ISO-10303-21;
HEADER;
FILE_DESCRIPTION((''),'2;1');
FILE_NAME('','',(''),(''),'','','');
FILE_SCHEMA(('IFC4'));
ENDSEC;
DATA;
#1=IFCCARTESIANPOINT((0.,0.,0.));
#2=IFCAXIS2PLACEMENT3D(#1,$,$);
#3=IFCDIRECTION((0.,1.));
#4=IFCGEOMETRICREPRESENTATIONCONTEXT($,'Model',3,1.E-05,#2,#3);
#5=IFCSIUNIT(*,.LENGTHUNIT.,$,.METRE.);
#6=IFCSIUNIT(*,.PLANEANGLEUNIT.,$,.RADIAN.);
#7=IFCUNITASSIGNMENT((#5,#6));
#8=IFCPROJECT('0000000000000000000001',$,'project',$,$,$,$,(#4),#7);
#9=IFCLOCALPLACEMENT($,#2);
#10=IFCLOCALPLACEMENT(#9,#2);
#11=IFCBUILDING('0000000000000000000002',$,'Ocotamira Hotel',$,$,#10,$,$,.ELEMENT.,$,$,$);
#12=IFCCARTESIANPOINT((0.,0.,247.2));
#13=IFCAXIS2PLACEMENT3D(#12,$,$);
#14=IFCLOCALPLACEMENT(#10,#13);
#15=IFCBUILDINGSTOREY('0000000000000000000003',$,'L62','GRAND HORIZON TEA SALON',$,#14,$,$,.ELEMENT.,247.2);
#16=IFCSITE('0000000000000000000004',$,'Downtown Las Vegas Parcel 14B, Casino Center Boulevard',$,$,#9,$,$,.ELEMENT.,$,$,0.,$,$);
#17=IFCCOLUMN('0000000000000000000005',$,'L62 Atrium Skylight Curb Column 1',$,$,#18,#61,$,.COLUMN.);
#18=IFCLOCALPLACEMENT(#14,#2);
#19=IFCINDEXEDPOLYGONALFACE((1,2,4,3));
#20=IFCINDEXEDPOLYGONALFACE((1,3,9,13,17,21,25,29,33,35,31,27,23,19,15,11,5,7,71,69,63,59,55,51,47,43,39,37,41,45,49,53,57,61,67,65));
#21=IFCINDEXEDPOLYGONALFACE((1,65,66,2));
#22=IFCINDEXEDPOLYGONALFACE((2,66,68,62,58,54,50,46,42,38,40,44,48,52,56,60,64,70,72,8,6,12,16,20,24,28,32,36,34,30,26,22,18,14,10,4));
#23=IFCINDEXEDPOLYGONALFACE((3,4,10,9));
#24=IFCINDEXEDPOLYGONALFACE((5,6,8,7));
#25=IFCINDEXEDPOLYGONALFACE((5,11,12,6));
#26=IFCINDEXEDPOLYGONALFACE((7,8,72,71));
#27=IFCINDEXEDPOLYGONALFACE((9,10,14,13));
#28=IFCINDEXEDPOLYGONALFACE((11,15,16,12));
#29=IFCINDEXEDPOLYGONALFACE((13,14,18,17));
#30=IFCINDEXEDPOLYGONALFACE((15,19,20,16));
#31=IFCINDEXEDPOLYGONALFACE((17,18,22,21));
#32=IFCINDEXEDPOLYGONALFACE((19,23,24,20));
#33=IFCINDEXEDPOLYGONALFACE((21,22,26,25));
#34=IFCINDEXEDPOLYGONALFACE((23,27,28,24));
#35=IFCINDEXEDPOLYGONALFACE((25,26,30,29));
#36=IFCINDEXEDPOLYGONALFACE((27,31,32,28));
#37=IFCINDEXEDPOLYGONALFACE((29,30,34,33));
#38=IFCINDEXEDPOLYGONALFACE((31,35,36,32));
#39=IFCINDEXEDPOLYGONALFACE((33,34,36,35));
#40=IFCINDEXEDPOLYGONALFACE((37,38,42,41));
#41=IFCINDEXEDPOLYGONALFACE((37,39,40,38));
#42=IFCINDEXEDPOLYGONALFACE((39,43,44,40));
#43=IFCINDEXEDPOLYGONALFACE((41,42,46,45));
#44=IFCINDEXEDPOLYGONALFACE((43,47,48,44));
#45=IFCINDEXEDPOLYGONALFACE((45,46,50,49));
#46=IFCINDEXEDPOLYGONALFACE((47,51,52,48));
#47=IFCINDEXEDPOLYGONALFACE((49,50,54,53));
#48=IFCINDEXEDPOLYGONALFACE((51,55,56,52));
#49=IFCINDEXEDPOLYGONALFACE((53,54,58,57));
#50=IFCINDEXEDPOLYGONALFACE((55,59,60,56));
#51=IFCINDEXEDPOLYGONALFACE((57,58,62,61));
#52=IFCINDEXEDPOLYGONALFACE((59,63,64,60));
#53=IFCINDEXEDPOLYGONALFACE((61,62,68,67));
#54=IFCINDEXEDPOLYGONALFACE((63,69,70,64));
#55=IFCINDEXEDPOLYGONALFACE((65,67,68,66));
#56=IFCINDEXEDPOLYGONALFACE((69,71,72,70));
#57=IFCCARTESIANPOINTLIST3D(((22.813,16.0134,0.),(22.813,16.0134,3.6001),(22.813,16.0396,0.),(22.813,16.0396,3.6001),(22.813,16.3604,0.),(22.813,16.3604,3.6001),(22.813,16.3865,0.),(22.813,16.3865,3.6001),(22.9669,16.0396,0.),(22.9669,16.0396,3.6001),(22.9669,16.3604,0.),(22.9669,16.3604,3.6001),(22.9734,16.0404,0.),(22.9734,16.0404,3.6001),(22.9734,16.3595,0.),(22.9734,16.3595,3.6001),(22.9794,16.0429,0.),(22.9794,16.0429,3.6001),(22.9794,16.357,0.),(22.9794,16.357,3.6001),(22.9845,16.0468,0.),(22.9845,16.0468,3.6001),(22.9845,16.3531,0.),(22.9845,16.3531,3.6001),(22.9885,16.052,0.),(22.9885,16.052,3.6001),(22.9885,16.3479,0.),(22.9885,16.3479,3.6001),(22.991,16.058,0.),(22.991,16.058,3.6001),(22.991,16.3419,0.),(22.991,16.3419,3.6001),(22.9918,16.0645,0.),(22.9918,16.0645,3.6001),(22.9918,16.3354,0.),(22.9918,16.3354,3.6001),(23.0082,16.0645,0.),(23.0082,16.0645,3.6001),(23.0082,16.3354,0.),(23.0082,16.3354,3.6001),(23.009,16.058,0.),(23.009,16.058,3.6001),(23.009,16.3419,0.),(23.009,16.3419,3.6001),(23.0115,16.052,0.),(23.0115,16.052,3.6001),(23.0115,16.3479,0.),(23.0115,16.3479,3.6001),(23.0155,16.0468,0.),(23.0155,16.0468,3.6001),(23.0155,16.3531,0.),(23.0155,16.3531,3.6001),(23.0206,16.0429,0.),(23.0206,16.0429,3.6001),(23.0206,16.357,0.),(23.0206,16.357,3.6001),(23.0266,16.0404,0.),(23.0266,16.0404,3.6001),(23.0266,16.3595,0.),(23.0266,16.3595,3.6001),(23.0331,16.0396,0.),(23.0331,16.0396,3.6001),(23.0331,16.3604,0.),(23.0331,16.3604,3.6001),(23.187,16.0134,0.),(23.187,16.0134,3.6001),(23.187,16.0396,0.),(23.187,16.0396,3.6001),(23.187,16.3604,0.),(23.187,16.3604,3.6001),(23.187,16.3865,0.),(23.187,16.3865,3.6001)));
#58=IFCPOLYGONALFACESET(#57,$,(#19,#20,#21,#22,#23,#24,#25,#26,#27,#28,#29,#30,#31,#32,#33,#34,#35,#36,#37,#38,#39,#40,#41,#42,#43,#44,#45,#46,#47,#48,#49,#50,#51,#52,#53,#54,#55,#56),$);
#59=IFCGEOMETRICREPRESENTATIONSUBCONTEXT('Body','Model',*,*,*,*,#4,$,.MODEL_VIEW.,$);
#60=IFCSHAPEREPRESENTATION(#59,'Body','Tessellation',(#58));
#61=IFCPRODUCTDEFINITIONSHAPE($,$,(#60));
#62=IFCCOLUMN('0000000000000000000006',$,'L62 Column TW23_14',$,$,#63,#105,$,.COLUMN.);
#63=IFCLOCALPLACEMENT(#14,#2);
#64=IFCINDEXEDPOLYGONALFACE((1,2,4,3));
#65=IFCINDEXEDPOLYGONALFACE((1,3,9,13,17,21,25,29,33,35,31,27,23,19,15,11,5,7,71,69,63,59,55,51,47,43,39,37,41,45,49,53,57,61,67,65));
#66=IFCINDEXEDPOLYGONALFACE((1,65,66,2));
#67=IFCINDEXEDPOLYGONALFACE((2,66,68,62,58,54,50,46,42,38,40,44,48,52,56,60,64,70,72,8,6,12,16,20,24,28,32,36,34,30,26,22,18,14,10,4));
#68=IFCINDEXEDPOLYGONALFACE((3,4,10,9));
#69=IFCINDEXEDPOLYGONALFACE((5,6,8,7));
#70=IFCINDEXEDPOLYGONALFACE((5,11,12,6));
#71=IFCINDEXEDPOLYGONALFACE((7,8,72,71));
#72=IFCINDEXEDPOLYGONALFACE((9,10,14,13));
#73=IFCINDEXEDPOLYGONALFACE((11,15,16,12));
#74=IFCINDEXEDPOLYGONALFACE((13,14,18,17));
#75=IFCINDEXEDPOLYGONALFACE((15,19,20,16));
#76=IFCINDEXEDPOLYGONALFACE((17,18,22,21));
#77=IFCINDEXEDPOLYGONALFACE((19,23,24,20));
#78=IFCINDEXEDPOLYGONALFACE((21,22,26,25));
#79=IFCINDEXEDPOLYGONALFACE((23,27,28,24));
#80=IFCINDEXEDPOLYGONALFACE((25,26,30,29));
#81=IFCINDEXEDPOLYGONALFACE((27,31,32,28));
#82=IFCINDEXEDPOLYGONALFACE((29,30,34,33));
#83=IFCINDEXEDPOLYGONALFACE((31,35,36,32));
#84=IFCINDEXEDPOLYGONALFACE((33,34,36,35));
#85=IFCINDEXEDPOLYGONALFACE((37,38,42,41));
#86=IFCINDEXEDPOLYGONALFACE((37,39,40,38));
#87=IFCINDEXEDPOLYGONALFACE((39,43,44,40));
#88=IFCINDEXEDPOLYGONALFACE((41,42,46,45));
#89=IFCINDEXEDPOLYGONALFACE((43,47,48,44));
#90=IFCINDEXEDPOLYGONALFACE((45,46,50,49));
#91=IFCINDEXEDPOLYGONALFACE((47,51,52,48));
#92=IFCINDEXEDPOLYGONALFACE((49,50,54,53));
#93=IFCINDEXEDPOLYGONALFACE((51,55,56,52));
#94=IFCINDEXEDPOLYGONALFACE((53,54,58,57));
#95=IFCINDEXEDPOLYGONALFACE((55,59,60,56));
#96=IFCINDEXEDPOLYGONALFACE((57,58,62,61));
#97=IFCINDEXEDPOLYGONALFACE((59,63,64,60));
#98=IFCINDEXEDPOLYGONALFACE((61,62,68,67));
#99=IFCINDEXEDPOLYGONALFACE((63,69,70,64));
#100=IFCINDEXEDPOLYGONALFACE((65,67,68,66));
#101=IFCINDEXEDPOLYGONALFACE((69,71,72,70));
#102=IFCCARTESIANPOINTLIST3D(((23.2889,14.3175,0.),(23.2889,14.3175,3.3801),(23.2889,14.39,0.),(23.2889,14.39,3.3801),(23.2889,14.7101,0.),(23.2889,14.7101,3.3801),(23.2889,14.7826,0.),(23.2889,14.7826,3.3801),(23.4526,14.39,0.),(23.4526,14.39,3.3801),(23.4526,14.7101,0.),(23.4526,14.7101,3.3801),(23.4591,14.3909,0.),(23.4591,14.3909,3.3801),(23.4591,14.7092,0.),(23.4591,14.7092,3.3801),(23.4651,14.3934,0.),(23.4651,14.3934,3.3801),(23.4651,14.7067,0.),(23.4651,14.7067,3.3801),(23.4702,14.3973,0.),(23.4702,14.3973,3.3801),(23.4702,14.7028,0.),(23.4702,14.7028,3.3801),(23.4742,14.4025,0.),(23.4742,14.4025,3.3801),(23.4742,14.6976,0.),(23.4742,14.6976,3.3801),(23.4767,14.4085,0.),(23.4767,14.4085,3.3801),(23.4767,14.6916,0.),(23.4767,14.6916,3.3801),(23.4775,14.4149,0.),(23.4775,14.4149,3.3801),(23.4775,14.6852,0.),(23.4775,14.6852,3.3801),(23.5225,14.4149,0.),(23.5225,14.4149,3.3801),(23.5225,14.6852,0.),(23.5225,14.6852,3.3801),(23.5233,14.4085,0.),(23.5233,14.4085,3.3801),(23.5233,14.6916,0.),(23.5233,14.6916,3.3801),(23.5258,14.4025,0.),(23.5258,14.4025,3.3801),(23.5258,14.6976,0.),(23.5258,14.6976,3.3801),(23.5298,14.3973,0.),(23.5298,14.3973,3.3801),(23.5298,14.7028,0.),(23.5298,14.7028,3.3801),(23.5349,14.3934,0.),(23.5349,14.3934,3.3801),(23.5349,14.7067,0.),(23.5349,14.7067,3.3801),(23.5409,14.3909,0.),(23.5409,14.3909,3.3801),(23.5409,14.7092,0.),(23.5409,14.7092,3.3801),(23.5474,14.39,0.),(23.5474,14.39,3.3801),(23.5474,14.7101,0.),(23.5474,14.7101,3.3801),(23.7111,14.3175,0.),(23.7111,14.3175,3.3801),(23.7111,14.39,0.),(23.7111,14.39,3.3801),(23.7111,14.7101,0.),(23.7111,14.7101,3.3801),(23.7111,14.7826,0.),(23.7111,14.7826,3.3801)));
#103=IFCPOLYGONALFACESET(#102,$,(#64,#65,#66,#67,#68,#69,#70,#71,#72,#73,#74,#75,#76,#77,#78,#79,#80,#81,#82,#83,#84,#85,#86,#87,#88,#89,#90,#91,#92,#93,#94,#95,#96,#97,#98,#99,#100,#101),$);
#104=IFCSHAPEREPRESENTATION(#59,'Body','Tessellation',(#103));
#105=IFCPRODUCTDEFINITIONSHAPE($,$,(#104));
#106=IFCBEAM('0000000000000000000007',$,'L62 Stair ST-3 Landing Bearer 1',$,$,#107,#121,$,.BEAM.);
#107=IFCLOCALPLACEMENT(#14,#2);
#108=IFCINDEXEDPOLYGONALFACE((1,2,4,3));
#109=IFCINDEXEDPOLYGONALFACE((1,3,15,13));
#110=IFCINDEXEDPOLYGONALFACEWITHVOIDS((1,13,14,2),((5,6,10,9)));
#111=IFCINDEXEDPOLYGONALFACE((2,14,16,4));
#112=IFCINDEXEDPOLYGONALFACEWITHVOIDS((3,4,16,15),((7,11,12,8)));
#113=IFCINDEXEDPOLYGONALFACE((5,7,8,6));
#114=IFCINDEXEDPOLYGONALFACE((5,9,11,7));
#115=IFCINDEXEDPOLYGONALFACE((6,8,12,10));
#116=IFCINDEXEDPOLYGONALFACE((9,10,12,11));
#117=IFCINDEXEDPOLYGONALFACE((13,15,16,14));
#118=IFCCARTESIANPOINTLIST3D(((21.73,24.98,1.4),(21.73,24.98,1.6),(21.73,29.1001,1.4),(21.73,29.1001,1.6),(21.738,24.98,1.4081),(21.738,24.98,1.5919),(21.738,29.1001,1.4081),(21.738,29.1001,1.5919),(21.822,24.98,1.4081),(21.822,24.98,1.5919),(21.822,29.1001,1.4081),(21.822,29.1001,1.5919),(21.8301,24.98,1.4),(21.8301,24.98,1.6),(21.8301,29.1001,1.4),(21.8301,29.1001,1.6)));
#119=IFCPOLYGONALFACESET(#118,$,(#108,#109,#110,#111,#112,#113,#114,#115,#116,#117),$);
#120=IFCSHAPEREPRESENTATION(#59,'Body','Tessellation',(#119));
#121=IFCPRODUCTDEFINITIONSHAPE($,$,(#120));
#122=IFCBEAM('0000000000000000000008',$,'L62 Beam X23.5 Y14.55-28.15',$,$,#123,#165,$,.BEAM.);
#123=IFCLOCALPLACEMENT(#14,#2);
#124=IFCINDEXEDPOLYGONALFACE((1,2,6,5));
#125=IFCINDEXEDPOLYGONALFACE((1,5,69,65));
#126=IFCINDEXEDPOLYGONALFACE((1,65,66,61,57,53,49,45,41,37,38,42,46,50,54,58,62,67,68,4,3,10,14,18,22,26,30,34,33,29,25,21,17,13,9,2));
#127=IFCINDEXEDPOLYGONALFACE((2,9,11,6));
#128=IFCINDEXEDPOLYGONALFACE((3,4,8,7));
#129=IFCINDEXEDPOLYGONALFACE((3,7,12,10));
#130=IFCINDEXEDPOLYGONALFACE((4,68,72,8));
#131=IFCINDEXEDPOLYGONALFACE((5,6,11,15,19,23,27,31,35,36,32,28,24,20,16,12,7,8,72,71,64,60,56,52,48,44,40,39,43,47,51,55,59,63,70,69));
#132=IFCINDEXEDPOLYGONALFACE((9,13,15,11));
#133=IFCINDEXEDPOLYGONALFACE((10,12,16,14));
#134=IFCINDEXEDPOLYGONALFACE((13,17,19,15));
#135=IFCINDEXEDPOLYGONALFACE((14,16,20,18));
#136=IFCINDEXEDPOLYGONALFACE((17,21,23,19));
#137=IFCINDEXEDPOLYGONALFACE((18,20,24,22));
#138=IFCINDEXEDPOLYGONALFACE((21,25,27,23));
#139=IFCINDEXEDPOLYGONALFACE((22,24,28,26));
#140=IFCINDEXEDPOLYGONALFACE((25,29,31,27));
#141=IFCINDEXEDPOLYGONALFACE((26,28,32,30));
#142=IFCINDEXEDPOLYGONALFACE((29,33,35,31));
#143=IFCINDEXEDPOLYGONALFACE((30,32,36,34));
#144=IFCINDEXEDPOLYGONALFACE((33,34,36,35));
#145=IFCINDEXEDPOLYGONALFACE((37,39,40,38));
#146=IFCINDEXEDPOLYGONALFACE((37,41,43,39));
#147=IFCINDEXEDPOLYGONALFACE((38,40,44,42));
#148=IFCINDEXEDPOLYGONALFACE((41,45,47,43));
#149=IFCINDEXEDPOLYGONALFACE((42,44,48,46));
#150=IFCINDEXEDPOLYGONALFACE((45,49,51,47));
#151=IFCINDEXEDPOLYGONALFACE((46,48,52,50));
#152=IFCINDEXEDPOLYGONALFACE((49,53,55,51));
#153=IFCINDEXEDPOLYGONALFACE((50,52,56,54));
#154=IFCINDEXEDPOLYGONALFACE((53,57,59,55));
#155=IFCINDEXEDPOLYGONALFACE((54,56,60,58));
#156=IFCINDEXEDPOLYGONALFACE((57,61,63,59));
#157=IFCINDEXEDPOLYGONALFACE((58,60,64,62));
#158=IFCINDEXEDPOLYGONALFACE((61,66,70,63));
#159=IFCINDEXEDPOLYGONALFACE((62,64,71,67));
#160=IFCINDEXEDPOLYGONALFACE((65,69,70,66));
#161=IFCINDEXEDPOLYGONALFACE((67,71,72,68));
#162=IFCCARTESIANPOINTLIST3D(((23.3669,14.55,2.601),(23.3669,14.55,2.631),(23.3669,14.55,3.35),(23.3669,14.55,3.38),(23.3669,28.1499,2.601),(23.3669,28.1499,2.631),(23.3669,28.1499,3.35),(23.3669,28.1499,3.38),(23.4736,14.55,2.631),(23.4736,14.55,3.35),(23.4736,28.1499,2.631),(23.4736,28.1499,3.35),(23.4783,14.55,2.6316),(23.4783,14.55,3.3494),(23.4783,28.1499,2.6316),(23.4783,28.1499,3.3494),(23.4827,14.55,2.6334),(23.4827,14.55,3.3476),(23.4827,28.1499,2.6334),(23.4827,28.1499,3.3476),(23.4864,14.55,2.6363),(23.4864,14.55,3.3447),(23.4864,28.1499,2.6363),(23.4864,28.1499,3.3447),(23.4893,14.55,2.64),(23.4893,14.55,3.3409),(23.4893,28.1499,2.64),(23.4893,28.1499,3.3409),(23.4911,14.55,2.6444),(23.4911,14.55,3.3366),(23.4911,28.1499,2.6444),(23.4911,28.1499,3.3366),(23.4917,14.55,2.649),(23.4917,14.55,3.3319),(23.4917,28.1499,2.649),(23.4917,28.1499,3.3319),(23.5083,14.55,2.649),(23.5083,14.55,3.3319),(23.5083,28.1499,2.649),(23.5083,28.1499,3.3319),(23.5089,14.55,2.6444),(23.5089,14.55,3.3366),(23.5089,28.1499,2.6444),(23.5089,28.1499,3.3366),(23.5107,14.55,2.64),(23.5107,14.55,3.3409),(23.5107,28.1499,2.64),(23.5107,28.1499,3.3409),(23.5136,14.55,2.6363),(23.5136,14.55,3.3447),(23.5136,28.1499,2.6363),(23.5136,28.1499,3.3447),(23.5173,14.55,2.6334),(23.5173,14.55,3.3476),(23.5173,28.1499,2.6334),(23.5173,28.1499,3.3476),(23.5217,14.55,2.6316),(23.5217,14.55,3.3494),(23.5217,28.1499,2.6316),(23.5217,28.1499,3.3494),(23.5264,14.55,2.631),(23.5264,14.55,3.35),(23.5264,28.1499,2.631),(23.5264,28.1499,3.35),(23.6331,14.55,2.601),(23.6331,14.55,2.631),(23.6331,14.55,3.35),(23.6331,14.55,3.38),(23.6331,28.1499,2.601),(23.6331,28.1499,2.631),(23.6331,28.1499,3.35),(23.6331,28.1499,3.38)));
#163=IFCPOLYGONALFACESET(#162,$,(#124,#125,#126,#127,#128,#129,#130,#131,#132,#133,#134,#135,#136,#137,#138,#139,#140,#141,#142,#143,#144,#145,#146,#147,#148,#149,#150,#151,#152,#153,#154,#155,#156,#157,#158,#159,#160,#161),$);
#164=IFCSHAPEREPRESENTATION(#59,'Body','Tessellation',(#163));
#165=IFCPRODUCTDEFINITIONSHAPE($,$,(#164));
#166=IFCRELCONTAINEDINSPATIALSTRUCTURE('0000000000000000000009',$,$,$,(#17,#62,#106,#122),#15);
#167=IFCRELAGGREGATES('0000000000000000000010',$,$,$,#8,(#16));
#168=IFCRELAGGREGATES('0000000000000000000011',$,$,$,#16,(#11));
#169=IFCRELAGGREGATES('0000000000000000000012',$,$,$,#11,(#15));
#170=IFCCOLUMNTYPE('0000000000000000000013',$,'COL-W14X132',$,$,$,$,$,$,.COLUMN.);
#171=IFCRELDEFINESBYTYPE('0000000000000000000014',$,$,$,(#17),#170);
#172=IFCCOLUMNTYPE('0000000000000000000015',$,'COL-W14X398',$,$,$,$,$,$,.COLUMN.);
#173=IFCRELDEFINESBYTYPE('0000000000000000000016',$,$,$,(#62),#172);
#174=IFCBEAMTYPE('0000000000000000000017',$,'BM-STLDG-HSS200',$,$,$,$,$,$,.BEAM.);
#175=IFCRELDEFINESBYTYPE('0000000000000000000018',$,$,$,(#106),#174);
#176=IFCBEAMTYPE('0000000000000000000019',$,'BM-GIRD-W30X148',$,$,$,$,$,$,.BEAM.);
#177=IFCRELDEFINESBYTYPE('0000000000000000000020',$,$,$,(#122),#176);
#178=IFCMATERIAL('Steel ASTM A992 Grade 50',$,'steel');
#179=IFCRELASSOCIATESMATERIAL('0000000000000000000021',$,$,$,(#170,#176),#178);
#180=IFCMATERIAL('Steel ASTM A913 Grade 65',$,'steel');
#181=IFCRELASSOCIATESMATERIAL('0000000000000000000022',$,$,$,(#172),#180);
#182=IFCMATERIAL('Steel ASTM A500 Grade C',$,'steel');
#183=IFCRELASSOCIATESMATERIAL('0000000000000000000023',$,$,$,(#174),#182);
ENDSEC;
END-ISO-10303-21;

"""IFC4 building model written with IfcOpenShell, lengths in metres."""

from ifc_helpers import new_model, si_unit, direction, frame, origin, origin_2d, place, context, subcontext, project, spatial, hollow_rectangle, i_section, extrude, source, transform, mapped, material, material_profile, profile_set, type_object, element, save


model = new_model("IFC4")

# Units and contexts
model_context = context("Model", 3, precision=1e-05, world=origin(), true_north=direction((0.0, 1.0)))
body_context = subcontext(model_context, "Body", "Model", "MODEL_VIEW")
ifc_project = project(units=[si_unit("LENGTHUNIT", "METRE"), si_unit("PLANEANGLEUNIT", "RADIAN")], contexts=[model_context])

# Site, building, storey
site_placement = place(None, origin())
site = spatial("IfcSite", under=ifc_project, at=site_placement, Name="Downtown Las Vegas Parcel 14B, Casino Center Boulevard", CompositionType="ELEMENT", RefElevation=0.0)
building_placement = place(site_placement, origin())
building = spatial("IfcBuilding", under=site, at=building_placement, Name="Ocotamira Hotel", CompositionType="ELEMENT")
storey_placement = place(building_placement, frame((0.0, 0.0, 247.2)))
storey = spatial("IfcBuildingStorey", under=building, at=storey_placement, Name="L62", Description="GRAND HORIZON TEA SALON", CompositionType="ELEMENT", Elevation=247.2)

# Columns
ifc_material_1 = material(Name="Steel ASTM A992 Grade 50", Category="steel")
ifc_material_profile_1 = material_profile(ifc_material_1, i_section(OverallWidth=0.374, OverallDepth=0.373, WebThickness=0.0164, FlangeThickness=0.0261, FilletRadius=0.0249, at=origin_2d()), Name="W14X132")
ifc_profile_set_1 = profile_set([ifc_material_profile_1], Name="Steel ASTM A992 Grade 50")
column_type_1 = type_object("IfcColumnType", Name="COL-W14X132", PredefinedType="COLUMN", material=ifc_profile_set_1)
shared_shape_1 = source(origin(), body_context, "Body", "SweptSolid", [
    extrude(i_section(OverallWidth=0.374, OverallDepth=0.373, WebThickness=0.0164, FlangeThickness=0.0261, FilletRadius=0.0249, at=origin_2d()), origin(), (0.0, 0.0, 1.0), 3.6001),
])
column_1_placement = place(storey_placement, frame((23.0, 16.2, 0.0), z_axis=(0.0, 0.0, 1.0), x_axis=(1.0, 0.0, 0.0)))
element("IfcColumn", 1, at=column_1_placement, inside=storey, type_object=column_type_1, Name="L62 Atrium Skylight Curb Column 1", PredefinedType="COLUMN", context=body_context, shape_type="MappedRepresentation", body=[
    mapped(shared_shape_1, transform((0.0, 0.0, 0.0), scale=1.0)),
])
ifc_material_2 = material(Name="Steel ASTM A913 Grade 65", Category="steel")
ifc_material_profile_2 = material_profile(ifc_material_2, i_section(OverallWidth=0.4221, OverallDepth=0.4651, WebThickness=0.0449, FlangeThickness=0.0725, FilletRadius=0.0249, at=origin_2d()), Name="W14X398")
ifc_profile_set_2 = profile_set([ifc_material_profile_2], Name="Steel ASTM A913 Grade 65")
column_type_2 = type_object("IfcColumnType", Name="COL-W14X398", PredefinedType="COLUMN", material=ifc_profile_set_2)
shared_shape_2 = source(origin(), body_context, "Body", "SweptSolid", [
    extrude(i_section(OverallWidth=0.4221, OverallDepth=0.4651, WebThickness=0.0449, FlangeThickness=0.0725, FilletRadius=0.0249, at=origin_2d()), origin(), (0.0, 0.0, 1.0), 3.3801),
])
column_2_placement = place(storey_placement, frame((23.5, 14.55, 0.0), z_axis=(0.0, 0.0, 1.0), x_axis=(1.0, 0.0, 0.0)))
element("IfcColumn", 2, at=column_2_placement, inside=storey, type_object=column_type_2, Name="L62 Column TW23_14", PredefinedType="COLUMN", context=body_context, shape_type="MappedRepresentation", body=[
    mapped(shared_shape_2, transform((0.0, 0.0, 0.0), scale=1.0)),
])

# Beams
ifc_material_3 = material(Name="Steel ASTM A500 Grade C", Category="steel")
ifc_material_profile_3 = material_profile(ifc_material_3, hollow_rectangle(XDim=0.1001, YDim=0.2, WallThickness=0.0081, at=origin_2d()), Name="HSS200X100X8")
ifc_profile_set_3 = profile_set([ifc_material_profile_3], Name="Steel ASTM A500 Grade C")
beam_type_1 = type_object("IfcBeamType", Name="BM-STLDG-HSS200", PredefinedType="BEAM", material=ifc_profile_set_3)
shared_shape_3 = source(origin(), body_context, "Body", "SweptSolid", [
    extrude(hollow_rectangle(XDim=0.1001, YDim=0.2, WallThickness=0.0081, at=origin_2d()), origin(), (0.0, 0.0, 1.0), 4.1201),
])
beam_1_placement = place(storey_placement, frame((21.78, 24.98, 1.5), z_axis=(0.0, 1.0, 0.0), x_axis=(-1.0, 0.0, 0.0)))
element("IfcBeam", 3, at=beam_1_placement, inside=storey, type_object=beam_type_1, Name="L62 Stair ST-3 Landing Bearer 1", PredefinedType="BEAM", context=body_context, shape_type="MappedRepresentation", body=[
    mapped(shared_shape_3, transform((0.0, 0.0, 0.0), scale=1.0)),
])
ifc_material_profile_4 = material_profile(ifc_material_1, i_section(OverallWidth=0.2661, OverallDepth=0.7791, WebThickness=0.0166, FlangeThickness=0.03, FilletRadius=0.0181, at=origin_2d()), Name="W30X148")
ifc_profile_set_4 = profile_set([ifc_material_profile_4], Name="Steel ASTM A992 Grade 50")
beam_type_2 = type_object("IfcBeamType", Name="BM-GIRD-W30X148", PredefinedType="BEAM", material=ifc_profile_set_4)
shared_shape_4 = source(origin(), body_context, "Body", "SweptSolid", [
    extrude(i_section(OverallWidth=0.2661, OverallDepth=0.7791, WebThickness=0.0166, FlangeThickness=0.03, FilletRadius=0.0181, at=origin_2d()), origin(), (0.0, 0.0, 1.0), 13.5999),
])
beam_2_placement = place(storey_placement, frame((23.5, 14.55, 2.9905), z_axis=(0.0, 1.0, 0.0), x_axis=(-1.0, 0.0, 0.0)))
element("IfcBeam", 4, at=beam_2_placement, inside=storey, type_object=beam_type_2, Name="L62 Beam X23.5 Y14.55-28.15", PredefinedType="BEAM", context=body_context, shape_type="MappedRepresentation", body=[
    mapped(shared_shape_4, transform((0.0, 0.0, 0.0), scale=1.0)),
])

save(model, "model.ifc")
